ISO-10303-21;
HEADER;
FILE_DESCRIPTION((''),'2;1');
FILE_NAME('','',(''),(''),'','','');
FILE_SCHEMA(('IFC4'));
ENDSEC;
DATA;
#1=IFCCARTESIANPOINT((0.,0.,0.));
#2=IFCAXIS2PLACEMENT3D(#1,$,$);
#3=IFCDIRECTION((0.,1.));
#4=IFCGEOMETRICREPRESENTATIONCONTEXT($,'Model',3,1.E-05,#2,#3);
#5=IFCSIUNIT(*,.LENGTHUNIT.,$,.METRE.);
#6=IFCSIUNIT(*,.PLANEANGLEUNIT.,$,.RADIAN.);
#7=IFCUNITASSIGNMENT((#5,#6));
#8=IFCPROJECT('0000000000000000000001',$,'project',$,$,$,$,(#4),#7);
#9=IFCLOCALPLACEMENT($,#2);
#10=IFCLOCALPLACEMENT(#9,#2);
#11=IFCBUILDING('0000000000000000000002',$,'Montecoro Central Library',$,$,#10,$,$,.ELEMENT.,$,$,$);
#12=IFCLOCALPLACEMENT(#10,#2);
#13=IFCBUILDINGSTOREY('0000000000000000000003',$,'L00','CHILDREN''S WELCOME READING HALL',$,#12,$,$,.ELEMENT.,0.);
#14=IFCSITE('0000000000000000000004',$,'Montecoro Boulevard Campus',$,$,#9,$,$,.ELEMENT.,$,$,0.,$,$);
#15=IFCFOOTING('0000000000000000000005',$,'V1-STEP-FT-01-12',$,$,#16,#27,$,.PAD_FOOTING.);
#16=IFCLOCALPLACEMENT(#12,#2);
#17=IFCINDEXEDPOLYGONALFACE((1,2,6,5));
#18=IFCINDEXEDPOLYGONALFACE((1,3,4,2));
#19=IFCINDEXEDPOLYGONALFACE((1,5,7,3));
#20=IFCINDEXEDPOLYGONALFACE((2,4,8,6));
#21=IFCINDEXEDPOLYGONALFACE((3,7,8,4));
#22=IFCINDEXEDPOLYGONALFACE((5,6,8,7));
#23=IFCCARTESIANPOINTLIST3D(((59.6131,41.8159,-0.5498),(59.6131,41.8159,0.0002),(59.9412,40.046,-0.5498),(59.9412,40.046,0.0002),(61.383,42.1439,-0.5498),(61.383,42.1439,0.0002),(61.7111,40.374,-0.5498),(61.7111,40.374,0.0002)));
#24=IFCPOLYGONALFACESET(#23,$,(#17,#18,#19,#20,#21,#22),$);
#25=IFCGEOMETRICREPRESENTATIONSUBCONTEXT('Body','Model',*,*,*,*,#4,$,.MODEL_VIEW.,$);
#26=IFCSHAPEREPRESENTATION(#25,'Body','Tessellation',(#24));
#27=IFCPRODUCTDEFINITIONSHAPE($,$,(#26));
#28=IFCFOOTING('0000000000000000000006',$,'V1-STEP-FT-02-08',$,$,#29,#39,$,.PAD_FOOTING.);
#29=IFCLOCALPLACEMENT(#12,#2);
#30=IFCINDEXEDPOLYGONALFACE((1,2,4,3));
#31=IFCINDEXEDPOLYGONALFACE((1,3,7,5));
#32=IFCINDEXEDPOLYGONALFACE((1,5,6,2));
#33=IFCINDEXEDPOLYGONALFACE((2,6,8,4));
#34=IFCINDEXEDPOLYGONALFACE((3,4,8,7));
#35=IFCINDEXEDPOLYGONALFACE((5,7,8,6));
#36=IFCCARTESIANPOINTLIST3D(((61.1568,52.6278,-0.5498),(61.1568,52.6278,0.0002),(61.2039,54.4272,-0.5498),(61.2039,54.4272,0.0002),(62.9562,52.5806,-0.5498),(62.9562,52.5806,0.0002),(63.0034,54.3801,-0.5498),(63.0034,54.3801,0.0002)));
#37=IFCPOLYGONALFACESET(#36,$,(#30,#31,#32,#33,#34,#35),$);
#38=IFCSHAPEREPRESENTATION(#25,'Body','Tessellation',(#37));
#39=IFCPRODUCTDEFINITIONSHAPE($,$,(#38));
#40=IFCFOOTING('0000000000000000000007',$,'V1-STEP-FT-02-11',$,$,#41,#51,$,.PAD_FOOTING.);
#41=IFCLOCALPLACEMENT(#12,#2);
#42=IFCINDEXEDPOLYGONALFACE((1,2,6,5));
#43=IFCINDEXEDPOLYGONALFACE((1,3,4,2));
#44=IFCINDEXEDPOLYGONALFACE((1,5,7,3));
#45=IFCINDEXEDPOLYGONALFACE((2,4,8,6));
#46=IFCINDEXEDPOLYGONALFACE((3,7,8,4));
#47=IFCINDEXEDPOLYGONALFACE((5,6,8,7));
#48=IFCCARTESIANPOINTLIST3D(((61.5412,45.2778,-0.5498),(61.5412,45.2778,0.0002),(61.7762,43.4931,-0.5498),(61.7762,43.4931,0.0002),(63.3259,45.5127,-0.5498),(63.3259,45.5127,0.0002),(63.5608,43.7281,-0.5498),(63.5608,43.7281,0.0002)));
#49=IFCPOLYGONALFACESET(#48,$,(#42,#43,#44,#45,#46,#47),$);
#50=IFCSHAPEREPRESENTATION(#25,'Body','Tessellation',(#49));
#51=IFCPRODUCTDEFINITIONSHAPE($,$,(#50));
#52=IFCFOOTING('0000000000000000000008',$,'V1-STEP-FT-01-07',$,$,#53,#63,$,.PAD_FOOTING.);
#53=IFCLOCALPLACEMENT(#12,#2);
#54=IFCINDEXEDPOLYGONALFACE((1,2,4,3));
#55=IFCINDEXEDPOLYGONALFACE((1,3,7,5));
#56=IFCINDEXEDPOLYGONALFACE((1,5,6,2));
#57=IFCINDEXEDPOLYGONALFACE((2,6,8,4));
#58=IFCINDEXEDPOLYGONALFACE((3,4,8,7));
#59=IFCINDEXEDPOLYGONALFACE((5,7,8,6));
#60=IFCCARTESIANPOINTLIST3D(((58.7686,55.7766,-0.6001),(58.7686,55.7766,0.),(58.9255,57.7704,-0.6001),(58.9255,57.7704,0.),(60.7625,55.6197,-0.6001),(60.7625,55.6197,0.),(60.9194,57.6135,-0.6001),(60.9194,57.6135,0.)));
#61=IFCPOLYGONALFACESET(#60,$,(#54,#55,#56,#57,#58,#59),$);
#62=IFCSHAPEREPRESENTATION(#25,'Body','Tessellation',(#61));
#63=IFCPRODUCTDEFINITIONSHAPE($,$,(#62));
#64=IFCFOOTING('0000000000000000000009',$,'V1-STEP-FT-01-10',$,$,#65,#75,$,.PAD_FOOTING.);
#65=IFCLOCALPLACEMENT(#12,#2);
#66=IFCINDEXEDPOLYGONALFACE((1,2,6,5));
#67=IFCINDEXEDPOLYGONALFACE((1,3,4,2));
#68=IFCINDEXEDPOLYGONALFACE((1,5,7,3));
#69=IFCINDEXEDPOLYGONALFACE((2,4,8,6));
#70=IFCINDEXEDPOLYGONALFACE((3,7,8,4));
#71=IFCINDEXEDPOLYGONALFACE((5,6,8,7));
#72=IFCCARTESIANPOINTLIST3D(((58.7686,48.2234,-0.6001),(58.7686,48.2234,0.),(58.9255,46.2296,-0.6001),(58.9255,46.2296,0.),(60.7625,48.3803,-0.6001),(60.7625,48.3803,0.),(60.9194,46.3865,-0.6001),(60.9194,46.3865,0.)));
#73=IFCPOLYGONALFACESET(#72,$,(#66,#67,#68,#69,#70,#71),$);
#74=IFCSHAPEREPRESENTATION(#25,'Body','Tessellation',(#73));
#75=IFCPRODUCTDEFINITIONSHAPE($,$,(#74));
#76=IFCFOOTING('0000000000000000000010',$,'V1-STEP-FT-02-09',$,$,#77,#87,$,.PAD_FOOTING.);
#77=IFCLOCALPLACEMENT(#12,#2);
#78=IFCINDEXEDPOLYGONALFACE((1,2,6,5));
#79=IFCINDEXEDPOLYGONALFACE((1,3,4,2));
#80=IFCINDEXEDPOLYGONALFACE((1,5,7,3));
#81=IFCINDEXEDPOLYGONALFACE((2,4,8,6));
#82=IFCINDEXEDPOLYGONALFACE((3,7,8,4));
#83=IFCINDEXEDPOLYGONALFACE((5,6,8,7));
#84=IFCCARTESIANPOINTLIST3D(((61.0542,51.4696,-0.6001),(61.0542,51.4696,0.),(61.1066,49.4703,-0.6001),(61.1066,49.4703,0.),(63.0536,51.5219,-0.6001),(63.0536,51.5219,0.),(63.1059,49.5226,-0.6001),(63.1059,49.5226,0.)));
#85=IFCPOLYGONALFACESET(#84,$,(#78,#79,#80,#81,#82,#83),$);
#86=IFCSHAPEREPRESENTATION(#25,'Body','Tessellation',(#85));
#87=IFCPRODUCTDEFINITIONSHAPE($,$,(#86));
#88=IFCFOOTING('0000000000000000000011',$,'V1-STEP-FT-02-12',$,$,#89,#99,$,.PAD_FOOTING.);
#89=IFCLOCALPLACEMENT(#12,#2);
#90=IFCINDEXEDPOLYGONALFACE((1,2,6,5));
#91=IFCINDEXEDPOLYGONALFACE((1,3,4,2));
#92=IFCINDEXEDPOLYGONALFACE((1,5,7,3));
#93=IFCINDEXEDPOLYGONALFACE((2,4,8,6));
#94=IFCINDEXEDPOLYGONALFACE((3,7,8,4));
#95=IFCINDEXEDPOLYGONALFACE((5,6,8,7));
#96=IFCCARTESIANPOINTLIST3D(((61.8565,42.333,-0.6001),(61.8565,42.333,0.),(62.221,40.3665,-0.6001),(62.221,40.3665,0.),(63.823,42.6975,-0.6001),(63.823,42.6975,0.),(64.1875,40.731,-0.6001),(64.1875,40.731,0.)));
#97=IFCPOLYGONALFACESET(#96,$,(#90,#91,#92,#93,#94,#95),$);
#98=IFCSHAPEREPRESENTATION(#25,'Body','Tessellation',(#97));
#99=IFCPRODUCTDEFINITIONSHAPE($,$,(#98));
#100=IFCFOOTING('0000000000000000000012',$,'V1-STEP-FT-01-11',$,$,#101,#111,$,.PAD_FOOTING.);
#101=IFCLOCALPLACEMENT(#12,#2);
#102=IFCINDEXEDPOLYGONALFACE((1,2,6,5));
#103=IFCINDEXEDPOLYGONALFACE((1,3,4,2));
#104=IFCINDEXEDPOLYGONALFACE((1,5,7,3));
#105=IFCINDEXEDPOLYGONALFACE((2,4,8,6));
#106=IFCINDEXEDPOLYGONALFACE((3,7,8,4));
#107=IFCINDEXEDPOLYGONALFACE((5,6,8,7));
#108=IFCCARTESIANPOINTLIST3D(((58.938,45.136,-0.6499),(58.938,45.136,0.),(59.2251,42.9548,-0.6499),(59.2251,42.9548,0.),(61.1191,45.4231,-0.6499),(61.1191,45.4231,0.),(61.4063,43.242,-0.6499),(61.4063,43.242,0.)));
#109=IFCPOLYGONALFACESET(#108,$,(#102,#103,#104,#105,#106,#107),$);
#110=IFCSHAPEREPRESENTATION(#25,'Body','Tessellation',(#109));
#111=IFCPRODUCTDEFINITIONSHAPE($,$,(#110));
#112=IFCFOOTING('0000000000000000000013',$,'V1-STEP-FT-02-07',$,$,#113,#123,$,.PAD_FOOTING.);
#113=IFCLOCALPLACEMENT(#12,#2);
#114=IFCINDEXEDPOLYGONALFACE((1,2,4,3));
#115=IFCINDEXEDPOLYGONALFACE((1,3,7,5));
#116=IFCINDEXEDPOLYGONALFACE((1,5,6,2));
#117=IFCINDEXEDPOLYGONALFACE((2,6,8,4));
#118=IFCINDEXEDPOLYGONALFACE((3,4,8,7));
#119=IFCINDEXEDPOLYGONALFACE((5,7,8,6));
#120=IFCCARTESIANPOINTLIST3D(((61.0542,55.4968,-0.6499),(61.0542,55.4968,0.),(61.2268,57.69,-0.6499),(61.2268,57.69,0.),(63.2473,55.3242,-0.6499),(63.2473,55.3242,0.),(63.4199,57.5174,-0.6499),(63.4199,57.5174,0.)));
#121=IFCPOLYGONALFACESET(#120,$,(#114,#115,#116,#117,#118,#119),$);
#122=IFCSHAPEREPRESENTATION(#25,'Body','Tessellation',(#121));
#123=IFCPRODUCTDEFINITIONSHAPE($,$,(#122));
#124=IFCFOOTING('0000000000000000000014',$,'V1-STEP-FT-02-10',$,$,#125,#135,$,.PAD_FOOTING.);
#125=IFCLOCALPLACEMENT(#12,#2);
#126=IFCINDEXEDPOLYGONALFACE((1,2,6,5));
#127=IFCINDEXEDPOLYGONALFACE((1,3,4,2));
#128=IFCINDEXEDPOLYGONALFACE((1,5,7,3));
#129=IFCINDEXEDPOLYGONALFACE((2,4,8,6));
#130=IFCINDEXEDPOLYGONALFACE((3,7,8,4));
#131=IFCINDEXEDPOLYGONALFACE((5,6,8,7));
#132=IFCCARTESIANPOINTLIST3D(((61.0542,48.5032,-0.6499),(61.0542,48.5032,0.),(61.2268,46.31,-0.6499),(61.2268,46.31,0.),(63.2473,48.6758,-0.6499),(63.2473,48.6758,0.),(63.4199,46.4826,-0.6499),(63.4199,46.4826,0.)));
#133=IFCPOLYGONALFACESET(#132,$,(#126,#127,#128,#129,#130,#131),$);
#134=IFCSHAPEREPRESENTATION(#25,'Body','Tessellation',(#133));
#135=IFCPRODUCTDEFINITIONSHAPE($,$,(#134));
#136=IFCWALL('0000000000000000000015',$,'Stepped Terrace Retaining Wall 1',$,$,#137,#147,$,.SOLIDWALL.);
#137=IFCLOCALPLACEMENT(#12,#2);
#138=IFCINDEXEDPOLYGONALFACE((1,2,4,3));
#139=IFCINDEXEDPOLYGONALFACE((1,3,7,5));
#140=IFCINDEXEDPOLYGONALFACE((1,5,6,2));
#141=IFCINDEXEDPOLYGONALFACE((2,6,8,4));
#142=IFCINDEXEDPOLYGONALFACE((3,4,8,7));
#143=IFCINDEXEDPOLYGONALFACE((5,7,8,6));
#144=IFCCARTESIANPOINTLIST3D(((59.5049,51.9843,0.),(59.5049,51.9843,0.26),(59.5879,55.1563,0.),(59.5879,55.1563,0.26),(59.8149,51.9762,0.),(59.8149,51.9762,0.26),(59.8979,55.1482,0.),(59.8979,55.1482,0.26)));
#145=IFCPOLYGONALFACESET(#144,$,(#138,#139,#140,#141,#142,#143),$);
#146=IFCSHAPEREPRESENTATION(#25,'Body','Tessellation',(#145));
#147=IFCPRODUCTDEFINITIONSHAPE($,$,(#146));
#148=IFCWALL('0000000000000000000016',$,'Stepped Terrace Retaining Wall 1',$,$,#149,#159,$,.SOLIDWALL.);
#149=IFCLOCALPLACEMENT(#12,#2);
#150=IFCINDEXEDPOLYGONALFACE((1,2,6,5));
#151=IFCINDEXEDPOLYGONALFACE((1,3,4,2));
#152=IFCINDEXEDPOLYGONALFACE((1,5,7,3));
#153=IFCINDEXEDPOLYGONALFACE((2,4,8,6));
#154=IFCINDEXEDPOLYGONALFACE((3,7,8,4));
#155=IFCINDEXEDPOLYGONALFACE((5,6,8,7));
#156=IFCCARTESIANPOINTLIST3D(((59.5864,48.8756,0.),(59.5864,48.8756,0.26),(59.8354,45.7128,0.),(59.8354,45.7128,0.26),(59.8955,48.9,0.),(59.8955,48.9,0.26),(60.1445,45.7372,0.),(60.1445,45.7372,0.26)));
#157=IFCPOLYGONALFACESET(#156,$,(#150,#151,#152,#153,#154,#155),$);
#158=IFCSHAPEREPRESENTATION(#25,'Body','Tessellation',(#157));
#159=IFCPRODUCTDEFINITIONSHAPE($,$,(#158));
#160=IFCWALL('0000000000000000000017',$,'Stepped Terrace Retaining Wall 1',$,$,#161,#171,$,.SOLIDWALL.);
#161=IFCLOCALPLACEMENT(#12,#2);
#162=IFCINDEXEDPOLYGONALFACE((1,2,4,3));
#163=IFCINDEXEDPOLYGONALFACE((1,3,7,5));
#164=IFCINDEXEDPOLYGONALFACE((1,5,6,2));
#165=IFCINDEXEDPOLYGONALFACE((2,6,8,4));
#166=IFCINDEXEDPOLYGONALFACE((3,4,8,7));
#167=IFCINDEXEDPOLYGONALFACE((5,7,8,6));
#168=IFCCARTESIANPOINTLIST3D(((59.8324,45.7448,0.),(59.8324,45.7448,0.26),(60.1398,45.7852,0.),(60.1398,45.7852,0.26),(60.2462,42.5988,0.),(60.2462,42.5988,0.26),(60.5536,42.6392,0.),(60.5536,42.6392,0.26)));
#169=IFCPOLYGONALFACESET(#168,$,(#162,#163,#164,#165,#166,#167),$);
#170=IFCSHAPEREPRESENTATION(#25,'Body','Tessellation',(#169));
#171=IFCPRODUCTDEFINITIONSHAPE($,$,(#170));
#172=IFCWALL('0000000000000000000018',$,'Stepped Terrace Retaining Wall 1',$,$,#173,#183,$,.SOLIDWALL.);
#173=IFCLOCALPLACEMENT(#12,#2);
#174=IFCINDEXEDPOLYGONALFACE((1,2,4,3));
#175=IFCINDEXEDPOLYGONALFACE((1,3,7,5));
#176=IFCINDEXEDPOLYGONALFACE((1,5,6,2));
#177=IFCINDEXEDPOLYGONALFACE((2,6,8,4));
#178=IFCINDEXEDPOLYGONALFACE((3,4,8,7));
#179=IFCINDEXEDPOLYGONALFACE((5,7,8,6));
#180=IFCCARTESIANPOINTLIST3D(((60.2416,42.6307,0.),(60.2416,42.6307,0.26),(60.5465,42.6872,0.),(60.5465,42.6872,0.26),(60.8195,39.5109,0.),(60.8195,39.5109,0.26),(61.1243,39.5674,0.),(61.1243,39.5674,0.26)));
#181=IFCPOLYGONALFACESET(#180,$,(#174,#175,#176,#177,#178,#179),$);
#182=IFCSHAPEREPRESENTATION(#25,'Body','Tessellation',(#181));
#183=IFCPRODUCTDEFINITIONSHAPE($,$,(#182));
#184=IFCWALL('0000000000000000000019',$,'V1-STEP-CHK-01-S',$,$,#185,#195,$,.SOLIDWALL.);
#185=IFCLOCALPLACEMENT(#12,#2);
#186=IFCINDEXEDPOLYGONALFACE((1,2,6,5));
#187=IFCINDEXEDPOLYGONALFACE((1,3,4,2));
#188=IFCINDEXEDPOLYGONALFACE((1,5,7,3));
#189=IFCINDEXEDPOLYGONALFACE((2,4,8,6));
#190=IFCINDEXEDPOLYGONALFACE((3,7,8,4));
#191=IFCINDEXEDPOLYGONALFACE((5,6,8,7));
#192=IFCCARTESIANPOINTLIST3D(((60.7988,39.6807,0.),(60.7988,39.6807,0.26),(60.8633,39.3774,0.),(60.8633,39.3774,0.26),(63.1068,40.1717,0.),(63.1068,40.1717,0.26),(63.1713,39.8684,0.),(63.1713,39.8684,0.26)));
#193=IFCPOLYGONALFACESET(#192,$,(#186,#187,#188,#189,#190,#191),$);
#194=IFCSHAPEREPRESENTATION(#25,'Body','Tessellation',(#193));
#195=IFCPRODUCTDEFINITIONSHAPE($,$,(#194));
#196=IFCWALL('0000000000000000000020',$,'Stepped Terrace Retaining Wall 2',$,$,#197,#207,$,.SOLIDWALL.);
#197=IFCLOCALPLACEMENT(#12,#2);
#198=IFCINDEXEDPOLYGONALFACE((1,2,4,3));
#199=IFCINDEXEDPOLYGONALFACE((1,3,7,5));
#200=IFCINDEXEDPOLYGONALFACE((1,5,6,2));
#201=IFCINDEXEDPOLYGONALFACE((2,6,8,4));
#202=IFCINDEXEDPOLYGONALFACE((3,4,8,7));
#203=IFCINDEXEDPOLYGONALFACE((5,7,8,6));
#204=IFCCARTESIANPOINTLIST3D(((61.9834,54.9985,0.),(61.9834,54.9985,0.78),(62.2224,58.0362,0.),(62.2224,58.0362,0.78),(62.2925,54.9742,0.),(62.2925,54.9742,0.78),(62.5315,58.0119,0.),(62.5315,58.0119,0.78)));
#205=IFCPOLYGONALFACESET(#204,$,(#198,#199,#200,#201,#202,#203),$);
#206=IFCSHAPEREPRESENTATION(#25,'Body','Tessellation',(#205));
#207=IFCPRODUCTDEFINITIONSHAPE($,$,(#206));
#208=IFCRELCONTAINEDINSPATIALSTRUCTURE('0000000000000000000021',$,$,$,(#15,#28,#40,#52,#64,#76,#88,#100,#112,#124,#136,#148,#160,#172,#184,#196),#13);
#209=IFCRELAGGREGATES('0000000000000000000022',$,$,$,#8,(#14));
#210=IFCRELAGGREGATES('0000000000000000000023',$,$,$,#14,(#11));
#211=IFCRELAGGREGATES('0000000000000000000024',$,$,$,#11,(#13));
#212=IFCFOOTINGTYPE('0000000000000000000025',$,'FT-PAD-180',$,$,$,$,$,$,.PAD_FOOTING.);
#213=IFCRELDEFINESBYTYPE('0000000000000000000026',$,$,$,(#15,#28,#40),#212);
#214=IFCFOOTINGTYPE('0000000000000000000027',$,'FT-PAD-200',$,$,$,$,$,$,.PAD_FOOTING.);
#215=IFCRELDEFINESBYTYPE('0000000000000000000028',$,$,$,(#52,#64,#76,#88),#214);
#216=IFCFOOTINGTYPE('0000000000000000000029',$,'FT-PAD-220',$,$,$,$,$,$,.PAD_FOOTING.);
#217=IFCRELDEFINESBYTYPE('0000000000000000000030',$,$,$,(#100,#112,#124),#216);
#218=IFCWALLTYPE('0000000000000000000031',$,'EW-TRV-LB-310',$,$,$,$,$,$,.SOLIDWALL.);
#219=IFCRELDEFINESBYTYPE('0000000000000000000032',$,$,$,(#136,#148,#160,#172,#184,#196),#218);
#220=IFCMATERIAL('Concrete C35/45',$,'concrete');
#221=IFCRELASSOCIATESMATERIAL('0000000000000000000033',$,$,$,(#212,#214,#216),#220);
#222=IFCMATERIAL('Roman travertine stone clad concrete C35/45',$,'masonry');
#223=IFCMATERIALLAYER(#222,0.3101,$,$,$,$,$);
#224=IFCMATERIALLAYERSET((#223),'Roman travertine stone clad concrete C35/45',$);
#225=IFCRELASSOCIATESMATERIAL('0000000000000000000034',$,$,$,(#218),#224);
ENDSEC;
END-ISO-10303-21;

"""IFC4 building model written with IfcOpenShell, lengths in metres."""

from ifc_helpers import new_model, si_unit, direction, frame, frame_2d, origin, origin_2d, place, context, subcontext, project, spatial, rectangle, extrude, material, layer, layer_set, type_object, element, save


model = new_model("IFC4")

# Units and contexts
model_context = context("Model", 3, precision=1e-05, world=origin(), true_north=direction((0.0, 1.0)))
body_context = subcontext(model_context, "Body", "Model", "MODEL_VIEW")
ifc_project = project(units=[si_unit("LENGTHUNIT", "METRE"), si_unit("PLANEANGLEUNIT", "RADIAN")], contexts=[model_context])

# Site, building, storey
site_placement = place(None, origin())
site = spatial("IfcSite", under=ifc_project, at=site_placement, Name="Montecoro Boulevard Campus", CompositionType="ELEMENT", RefElevation=0.0)
building_placement = place(site_placement, origin())
building = spatial("IfcBuilding", under=site, at=building_placement, Name="Montecoro Central Library", CompositionType="ELEMENT")
storey_placement = place(building_placement, origin())
storey = spatial("IfcBuildingStorey", under=building, at=storey_placement, Name="L00", Description="CHILDREN'S WELCOME READING HALL", CompositionType="ELEMENT", Elevation=0.0)

# Footings
ifc_material_1 = material(Name="Concrete C35/45", Category="concrete")
footing_type_1 = type_object("IfcFootingType", Name="FT-PAD-180", PredefinedType="PAD_FOOTING", material=ifc_material_1)
for number, where, z_axis, x_axis, name in (
    (1, (60.6621, 41.095, -0.5498), (0.0, 0.0, 1.0), (0.182236, -0.983255, 0.0), "V1-STEP-FT-01-12"),
    (2, (62.0801, 53.5039, -0.5498), (0.0, 0.0, 1.0), (-0.026177, -0.999657, 0.0), "V1-STEP-FT-02-08"),
    (3, (62.551, 44.5029, -0.5498), (0.0, 0.0, 1.0), (0.130526, -0.991445, 0.0), "V1-STEP-FT-02-11"),
):
    element("IfcFooting", number, at=place(storey_placement, frame(where, z_axis=z_axis, x_axis=x_axis)), inside=storey, type_object=footing_type_1, Name=name, PredefinedType="PAD_FOOTING", context=body_context, shape_type="SweptSolid", body=[
        extrude(rectangle(XDim=1.8, YDim=1.8, at=origin_2d()), origin(), (0.0, 0.0, 1.0), 0.55),
    ])
footing_type_2 = type_object("IfcFootingType", Name="FT-PAD-200", PredefinedType="PAD_FOOTING", material=ifc_material_1)
for number, where, z_axis, x_axis, name in (
    (4, (59.844, 56.6951, -0.6001), (0.0, 0.0, 1.0), (-0.078459, -0.996917, 0.0), "V1-STEP-FT-01-07"),
    (5, (59.844, 47.3049, -0.6001), (0.0, 0.0, 1.0), (0.078459, -0.996917, 0.0), "V1-STEP-FT-01-10"),
    (6, (62.0801, 50.4961, -0.6001), (0.0, 0.0, 1.0), (0.026177, -0.999657, 0.0), "V1-STEP-FT-02-09"),
    (7, (63.022, 41.532, -0.6001), (0.0, 0.0, 1.0), (0.182236, -0.983255, 0.0), "V1-STEP-FT-02-12"),
):
    element("IfcFooting", number, at=place(storey_placement, frame(where, z_axis=z_axis, x_axis=x_axis)), inside=storey, type_object=footing_type_2, Name=name, PredefinedType="PAD_FOOTING", context=body_context, shape_type="SweptSolid", body=[
        extrude(rectangle(XDim=2.0, YDim=2.0, at=origin_2d()), origin(), (0.0, 0.0, 1.0), 0.6001),
    ])
footing_type_3 = type_object("IfcFootingType", Name="FT-PAD-220", PredefinedType="PAD_FOOTING", material=ifc_material_1)
for number, where, z_axis, x_axis, name in (
    (8, (60.1721, 44.189, -0.6499), (0.0, 0.0, 1.0), (0.130526, -0.991445, 0.0), "V1-STEP-FT-01-11"),
    (9, (62.2371, 56.5071, -0.6499), (0.0, 0.0, 1.0), (-0.078459, -0.996917, 0.0), "V1-STEP-FT-02-07"),
    (10, (62.2371, 47.4929, -0.6499), (0.0, 0.0, 1.0), (0.078459, -0.996917, 0.0), "V1-STEP-FT-02-10"),
):
    element("IfcFooting", number, at=place(storey_placement, frame(where, z_axis=z_axis, x_axis=x_axis)), inside=storey, type_object=footing_type_3, Name=name, PredefinedType="PAD_FOOTING", context=body_context, shape_type="SweptSolid", body=[
        extrude(rectangle(XDim=2.2, YDim=2.2, at=origin_2d()), origin(), (0.0, 0.0, 1.0), 0.6499),
    ])

# Walls
ifc_material_2 = material(Name="Roman travertine stone clad concrete C35/45", Category="masonry")
ifc_layer = layer(ifc_material_2, 0.3101)
ifc_layer_set = layer_set([ifc_layer], Name="Roman travertine stone clad concrete C35/45")
wall_type = type_object("IfcWallType", Name="EW-TRV-LB-310", PredefinedType="SOLIDWALL", material=ifc_layer_set)
wall_1_placement = place(storey_placement, frame((59.7429, 55.1521, 0.0), z_axis=(0.0, 0.0, 1.0), x_axis=(-0.026159, -0.999658, 0.0)))
element("IfcWall", 11, at=wall_1_placement, inside=storey, type_object=wall_type, Name="Stepped Terrace Retaining Wall 1", PredefinedType="SOLIDWALL", context=body_context, shape_type="SweptSolid", body=[
    extrude(rectangle(XDim=3.1731, YDim=0.3101, at=frame_2d((1.5864, 0.0))), origin(), (0.0, 0.0, 1.0), 0.26),
])
wall_2_placement = place(storey_placement, frame((59.741, 48.8879, 0.0), z_axis=(0.0, 0.0, 1.0), x_axis=(0.078491, -0.996915, 0.0)))
element("IfcWall", 12, at=wall_2_placement, inside=storey, type_object=wall_type, Name="Stepped Terrace Retaining Wall 1", PredefinedType="SOLIDWALL", context=body_context, shape_type="SweptSolid", body=[
    extrude(rectangle(XDim=3.1726, YDim=0.3101, at=frame_2d((1.5864, 0.0))), origin(), (0.0, 0.0, 1.0), 0.26),
])
wall_3_placement = place(storey_placement, frame((59.9861, 45.7649, 0.0), z_axis=(0.0, 0.0, 1.0), x_axis=(0.130415, -0.99146, 0.0)))
element("IfcWall", 13, at=wall_3_placement, inside=storey, type_object=wall_type, Name="Stepped Terrace Retaining Wall 1", PredefinedType="SOLIDWALL", context=body_context, shape_type="SweptSolid", body=[
    extrude(rectangle(XDim=3.1731, YDim=0.3101, at=frame_2d((1.5864, 0.0))), origin(), (0.0, 0.0, 1.0), 0.26),
])
wall_4_placement = place(storey_placement, frame((60.394, 42.6589, 0.0), z_axis=(0.0, 0.0, 1.0), x_axis=(0.182128, -0.983275, 0.0)))
element("IfcWall", 14, at=wall_4_placement, inside=storey, type_object=wall_type, Name="Stepped Terrace Retaining Wall 1", PredefinedType="SOLIDWALL", context=body_context, shape_type="SweptSolid", body=[
    extrude(rectangle(XDim=3.1729, YDim=0.3101, at=frame_2d((1.5864, 0.0))), origin(), (0.0, 0.0, 1.0), 0.26),
])
wall_5_placement = place(storey_placement, frame((63.1389, 40.02, 0.0), z_axis=(0.0, 0.0, 1.0), x_axis=(-0.978112, -0.20808, 0.0)))
element("IfcWall", 15, at=wall_5_placement, inside=storey, type_object=wall_type, Name="V1-STEP-CHK-01-S", PredefinedType="SOLIDWALL", context=body_context, shape_type="SweptSolid", body=[
    extrude(rectangle(XDim=2.3596, YDim=0.3101, at=frame_2d((1.1797, 0.0))), origin(), (0.0, 0.0, 1.0), 0.26),
])
wall_6_placement = place(storey_placement, frame((62.377, 58.0239, 0.0), z_axis=(0.0, 0.0, 1.0), x_axis=(-0.078436, -0.996919, 0.0)))
element("IfcWall", 16, at=wall_6_placement, inside=storey, type_object=wall_type, Name="Stepped Terrace Retaining Wall 2", PredefinedType="SOLIDWALL", context=body_context, shape_type="SweptSolid", body=[
    extrude(rectangle(XDim=3.0471, YDim=0.3101, at=frame_2d((1.5234, 0.0))), origin(), (0.0, 0.0, 1.0), 0.78),
])

save(model, "model.ifc")
